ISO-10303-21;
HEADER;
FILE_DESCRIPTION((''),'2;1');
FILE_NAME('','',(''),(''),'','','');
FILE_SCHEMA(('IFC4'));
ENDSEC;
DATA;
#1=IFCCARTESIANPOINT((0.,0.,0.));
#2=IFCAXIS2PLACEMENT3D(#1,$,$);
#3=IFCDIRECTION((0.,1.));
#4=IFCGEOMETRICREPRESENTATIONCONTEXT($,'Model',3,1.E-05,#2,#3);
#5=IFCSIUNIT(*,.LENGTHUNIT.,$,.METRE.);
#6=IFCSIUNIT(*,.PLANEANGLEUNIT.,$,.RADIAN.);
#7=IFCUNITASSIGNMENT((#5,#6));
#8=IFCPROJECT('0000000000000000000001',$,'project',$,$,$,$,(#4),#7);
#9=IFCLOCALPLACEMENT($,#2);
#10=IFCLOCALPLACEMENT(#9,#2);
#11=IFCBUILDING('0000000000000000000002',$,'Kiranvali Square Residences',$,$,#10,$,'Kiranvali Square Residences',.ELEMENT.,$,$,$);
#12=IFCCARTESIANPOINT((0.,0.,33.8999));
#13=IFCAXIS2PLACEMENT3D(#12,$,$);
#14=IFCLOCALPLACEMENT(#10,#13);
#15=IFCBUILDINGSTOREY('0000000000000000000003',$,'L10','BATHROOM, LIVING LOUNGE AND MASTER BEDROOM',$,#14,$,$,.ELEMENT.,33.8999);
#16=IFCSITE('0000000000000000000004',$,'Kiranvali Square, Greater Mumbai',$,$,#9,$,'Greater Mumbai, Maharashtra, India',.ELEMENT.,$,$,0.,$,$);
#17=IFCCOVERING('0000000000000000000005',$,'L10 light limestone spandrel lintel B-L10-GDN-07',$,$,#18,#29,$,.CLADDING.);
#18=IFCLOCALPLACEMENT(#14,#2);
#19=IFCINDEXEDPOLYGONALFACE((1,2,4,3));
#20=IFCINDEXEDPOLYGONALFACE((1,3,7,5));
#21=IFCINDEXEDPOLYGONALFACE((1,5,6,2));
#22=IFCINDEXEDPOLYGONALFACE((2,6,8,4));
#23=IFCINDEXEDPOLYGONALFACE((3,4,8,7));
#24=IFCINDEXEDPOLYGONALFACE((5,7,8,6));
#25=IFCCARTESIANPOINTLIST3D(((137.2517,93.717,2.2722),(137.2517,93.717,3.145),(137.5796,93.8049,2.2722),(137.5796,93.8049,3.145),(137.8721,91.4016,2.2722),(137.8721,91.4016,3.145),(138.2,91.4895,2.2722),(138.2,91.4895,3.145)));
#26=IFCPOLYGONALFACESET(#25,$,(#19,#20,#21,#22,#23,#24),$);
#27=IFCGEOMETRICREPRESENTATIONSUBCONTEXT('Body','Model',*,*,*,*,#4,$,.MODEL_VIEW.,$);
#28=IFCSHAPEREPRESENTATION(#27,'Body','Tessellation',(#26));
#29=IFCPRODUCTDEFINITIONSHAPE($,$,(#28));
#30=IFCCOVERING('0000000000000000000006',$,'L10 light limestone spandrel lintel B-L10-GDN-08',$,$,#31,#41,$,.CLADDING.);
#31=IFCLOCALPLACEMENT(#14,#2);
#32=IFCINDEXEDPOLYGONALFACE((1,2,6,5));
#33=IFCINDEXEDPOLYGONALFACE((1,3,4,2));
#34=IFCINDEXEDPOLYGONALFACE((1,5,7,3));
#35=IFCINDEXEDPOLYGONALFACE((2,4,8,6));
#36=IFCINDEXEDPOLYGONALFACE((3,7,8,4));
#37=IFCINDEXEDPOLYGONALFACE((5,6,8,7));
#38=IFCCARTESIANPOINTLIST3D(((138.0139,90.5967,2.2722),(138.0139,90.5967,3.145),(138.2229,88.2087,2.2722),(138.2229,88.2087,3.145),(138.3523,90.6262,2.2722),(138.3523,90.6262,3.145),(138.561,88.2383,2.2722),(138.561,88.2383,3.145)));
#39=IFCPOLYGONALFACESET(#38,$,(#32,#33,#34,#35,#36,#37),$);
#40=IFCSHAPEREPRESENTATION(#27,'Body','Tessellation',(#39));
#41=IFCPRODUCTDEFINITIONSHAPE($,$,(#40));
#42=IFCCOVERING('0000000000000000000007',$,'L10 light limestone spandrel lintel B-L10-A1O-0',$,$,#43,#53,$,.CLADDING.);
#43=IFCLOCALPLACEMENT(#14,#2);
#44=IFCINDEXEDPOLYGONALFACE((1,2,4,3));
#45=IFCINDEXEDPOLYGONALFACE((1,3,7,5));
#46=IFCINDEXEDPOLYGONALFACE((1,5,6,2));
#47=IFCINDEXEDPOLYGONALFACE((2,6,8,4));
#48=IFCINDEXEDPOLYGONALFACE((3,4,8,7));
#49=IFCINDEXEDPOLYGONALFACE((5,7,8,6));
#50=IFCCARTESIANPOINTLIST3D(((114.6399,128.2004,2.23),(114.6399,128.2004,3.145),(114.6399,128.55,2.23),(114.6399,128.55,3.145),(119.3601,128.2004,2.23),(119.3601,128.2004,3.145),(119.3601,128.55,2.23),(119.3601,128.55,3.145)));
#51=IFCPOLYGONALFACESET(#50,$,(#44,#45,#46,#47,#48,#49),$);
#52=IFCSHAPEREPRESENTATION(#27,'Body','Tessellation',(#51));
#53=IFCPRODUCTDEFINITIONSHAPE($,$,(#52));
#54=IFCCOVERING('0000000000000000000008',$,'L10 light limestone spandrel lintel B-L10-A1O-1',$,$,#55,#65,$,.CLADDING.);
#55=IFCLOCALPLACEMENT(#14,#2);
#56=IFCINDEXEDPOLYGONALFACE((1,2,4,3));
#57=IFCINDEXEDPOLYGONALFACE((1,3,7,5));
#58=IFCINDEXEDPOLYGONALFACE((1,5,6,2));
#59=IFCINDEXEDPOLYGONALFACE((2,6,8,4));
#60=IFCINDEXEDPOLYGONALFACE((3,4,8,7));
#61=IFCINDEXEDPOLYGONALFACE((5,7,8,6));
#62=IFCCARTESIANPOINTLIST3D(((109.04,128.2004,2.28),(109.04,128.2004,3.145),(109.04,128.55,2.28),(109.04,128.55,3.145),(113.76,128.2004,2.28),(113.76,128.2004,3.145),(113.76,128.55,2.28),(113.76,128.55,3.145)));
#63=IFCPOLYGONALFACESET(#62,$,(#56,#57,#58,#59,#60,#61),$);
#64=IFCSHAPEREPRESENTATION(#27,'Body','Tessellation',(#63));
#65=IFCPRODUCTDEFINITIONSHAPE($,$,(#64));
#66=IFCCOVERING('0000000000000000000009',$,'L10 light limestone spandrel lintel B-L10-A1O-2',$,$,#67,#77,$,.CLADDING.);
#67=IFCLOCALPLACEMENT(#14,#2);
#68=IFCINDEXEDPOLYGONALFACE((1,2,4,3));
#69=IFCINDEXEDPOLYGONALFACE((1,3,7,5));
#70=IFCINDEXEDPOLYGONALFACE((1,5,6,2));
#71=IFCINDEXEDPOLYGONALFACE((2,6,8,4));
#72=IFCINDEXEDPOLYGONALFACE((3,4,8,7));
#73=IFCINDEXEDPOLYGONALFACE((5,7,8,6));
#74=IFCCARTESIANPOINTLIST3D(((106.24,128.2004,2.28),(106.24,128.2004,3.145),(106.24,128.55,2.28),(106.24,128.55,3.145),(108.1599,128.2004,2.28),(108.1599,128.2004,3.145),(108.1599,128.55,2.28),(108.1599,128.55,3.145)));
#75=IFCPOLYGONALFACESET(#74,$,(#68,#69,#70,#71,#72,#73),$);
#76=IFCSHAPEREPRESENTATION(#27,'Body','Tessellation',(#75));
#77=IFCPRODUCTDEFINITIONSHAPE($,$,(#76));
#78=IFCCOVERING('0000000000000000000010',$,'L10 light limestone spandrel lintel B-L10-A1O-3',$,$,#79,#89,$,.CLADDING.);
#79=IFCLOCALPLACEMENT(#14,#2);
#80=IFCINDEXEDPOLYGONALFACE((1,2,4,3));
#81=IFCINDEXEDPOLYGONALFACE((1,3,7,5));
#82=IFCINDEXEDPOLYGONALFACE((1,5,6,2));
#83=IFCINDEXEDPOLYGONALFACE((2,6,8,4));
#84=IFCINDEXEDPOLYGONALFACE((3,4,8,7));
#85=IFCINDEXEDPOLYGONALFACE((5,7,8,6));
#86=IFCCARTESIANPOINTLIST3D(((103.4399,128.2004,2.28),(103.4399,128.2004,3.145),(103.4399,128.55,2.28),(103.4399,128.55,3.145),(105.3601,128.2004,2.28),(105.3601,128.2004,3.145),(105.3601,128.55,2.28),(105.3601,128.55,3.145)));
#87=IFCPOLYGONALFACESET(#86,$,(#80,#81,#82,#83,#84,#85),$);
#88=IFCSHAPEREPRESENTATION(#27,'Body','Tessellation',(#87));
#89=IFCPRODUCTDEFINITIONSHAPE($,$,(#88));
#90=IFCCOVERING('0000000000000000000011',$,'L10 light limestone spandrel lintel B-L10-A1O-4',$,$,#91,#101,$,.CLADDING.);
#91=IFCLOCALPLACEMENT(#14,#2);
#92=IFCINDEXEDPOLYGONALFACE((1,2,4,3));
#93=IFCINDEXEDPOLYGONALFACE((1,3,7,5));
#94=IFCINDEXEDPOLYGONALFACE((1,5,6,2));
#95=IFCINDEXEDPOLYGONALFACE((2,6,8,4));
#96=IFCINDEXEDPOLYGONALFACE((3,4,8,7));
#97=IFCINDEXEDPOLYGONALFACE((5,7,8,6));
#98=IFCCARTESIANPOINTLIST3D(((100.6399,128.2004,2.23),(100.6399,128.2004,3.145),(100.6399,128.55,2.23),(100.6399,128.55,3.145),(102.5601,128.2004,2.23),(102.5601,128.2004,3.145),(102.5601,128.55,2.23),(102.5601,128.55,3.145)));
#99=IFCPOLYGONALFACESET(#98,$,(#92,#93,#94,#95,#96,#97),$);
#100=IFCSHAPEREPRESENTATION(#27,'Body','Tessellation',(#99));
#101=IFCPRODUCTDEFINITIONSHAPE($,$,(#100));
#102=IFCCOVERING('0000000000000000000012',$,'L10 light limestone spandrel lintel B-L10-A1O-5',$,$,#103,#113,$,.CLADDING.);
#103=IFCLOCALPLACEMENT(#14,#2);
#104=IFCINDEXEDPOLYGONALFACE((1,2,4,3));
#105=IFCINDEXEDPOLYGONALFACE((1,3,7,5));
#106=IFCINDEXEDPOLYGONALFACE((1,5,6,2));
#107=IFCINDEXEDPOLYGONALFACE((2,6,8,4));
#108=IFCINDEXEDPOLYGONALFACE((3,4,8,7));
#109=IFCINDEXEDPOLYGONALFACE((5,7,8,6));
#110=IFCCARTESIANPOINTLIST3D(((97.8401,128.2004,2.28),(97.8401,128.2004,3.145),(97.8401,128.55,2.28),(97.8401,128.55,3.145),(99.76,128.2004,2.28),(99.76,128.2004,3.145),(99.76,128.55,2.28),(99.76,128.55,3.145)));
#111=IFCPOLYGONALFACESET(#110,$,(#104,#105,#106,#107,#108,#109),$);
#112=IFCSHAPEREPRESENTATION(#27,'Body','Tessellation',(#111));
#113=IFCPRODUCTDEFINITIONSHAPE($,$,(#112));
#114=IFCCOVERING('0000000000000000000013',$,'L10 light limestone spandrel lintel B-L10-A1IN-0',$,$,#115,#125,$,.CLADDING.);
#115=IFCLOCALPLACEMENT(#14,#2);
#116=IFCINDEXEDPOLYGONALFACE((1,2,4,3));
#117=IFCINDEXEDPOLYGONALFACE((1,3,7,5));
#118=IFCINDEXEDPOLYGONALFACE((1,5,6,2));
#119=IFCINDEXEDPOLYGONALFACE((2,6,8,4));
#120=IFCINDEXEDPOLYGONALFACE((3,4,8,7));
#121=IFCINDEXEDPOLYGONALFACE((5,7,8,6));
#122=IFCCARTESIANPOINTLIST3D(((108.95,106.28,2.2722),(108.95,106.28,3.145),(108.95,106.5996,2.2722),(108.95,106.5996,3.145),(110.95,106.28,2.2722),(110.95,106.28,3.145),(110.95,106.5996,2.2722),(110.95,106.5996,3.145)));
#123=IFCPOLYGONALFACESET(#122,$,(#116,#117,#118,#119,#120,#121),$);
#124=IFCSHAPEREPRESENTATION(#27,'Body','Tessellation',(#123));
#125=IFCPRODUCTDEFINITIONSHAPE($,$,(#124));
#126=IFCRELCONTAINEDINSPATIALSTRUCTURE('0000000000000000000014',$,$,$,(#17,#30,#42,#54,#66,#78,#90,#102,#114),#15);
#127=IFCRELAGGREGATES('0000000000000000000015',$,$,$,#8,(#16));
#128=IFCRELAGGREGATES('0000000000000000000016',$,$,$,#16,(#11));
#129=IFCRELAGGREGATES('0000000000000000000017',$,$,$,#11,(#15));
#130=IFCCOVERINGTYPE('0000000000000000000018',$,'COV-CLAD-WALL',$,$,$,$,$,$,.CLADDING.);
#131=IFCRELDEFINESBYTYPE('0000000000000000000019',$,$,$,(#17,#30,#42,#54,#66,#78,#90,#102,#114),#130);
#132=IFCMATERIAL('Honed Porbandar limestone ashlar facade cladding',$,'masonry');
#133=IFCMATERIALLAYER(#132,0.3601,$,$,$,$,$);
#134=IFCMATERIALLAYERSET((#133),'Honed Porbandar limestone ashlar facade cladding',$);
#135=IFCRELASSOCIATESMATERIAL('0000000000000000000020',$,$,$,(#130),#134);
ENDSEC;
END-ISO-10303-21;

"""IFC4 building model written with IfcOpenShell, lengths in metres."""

from ifc_helpers import new_model, si_unit, direction, frame, origin, place, context, subcontext, project, spatial, polyline, outline, extrude, material, layer, layer_set, type_object, element, save


model = new_model("IFC4")

# Units and contexts
model_context = context("Model", 3, precision=1e-05, world=origin(), true_north=direction((0.0, 1.0)))
body_context = subcontext(model_context, "Body", "Model", "MODEL_VIEW")
ifc_project = project(units=[si_unit("LENGTHUNIT", "METRE"), si_unit("PLANEANGLEUNIT", "RADIAN")], contexts=[model_context])

# Site, building, storey
site_placement = place(None, origin())
site = spatial("IfcSite", under=ifc_project, at=site_placement, Name="Kiranvali Square, Greater Mumbai", LongName="Greater Mumbai, Maharashtra, India", CompositionType="ELEMENT", RefElevation=0.0)
building_placement = place(site_placement, origin())
building = spatial("IfcBuilding", under=site, at=building_placement, Name="Kiranvali Square Residences", LongName="Kiranvali Square Residences", CompositionType="ELEMENT")
storey_placement = place(building_placement, frame((0.0, 0.0, 33.8999)))
storey = spatial("IfcBuildingStorey", under=building, at=storey_placement, Name="L10", Description="BATHROOM, LIVING LOUNGE AND MASTER BEDROOM", CompositionType="ELEMENT", Elevation=33.8999)

# Coverings
ifc_material = material(Name="Honed Porbandar limestone ashlar facade cladding", Category="masonry")
ifc_layer = layer(ifc_material, 0.3601)
ifc_layer_set = layer_set([ifc_layer], Name="Honed Porbandar limestone ashlar facade cladding")
covering_type = type_object("IfcCoveringType", Name="COV-CLAD-WALL", PredefinedType="CLADDING", material=ifc_layer_set)
covering_1_placement = place(storey_placement, frame((0.0, 0.0, 2.2722)))
element("IfcCovering", 1, at=covering_1_placement, inside=storey, type_object=covering_type, Name="L10 light limestone spandrel lintel B-L10-GDN-07", PredefinedType="CLADDING", context=body_context, shape_type="SweptSolid", body=[
    extrude(outline(polyline([(137.2517, 93.717), (137.8721, 91.4016), (138.2, 91.4895), (137.5796, 93.8049), (137.2517, 93.717)])), origin(), (0.0, 0.0, 1.0), 0.8728),
])
covering_2_placement = place(storey_placement, frame((0.0, 0.0, 2.2722)))
element("IfcCovering", 2, at=covering_2_placement, inside=storey, type_object=covering_type, Name="L10 light limestone spandrel lintel B-L10-GDN-08", PredefinedType="CLADDING", context=body_context, shape_type="SweptSolid", body=[
    extrude(outline(polyline([(138.0139, 90.5967), (138.2229, 88.2087), (138.561, 88.2383), (138.3523, 90.6262), (138.0139, 90.5967)])), origin(), (0.0, 0.0, 1.0), 0.8728),
])
covering_3_placement = place(storey_placement, frame((0.0, 0.0, 2.23)))
element("IfcCovering", 3, at=covering_3_placement, inside=storey, type_object=covering_type, Name="L10 light limestone spandrel lintel B-L10-A1O-0", PredefinedType="CLADDING", context=body_context, shape_type="SweptSolid", body=[
    extrude(outline(polyline([(119.3601, 128.55), (114.6399, 128.55), (114.6399, 128.2004), (119.3601, 128.2004), (119.3601, 128.55)])), origin(), (0.0, 0.0, 1.0), 0.915),
])
covering_4_placement = place(storey_placement, frame((0.0, 0.0, 2.28)))
element("IfcCovering", 4, at=covering_4_placement, inside=storey, type_object=covering_type, Name="L10 light limestone spandrel lintel B-L10-A1O-1", PredefinedType="CLADDING", context=body_context, shape_type="SweptSolid", body=[
    extrude(outline(polyline([(113.76, 128.55), (109.04, 128.55), (109.04, 128.2004), (113.76, 128.2004), (113.76, 128.55)])), origin(), (0.0, 0.0, 1.0), 0.865),
])
covering_5_placement = place(storey_placement, frame((0.0, 0.0, 2.28)))
element("IfcCovering", 5, at=covering_5_placement, inside=storey, type_object=covering_type, Name="L10 light limestone spandrel lintel B-L10-A1O-2", PredefinedType="CLADDING", context=body_context, shape_type="SweptSolid", body=[
    extrude(outline(polyline([(108.1599, 128.55), (106.24, 128.55), (106.24, 128.2004), (108.1599, 128.2004), (108.1599, 128.55)])), origin(), (0.0, 0.0, 1.0), 0.865),
])
covering_6_placement = place(storey_placement, frame((0.0, 0.0, 2.28)))
element("IfcCovering", 6, at=covering_6_placement, inside=storey, type_object=covering_type, Name="L10 light limestone spandrel lintel B-L10-A1O-3", PredefinedType="CLADDING", context=body_context, shape_type="SweptSolid", body=[
    extrude(outline(polyline([(105.3601, 128.55), (103.4399, 128.55), (103.4399, 128.2004), (105.3601, 128.2004), (105.3601, 128.55)])), origin(), (0.0, 0.0, 1.0), 0.865),
])
covering_7_placement = place(storey_placement, frame((0.0, 0.0, 2.23)))
element("IfcCovering", 7, at=covering_7_placement, inside=storey, type_object=covering_type, Name="L10 light limestone spandrel lintel B-L10-A1O-4", PredefinedType="CLADDING", context=body_context, shape_type="SweptSolid", body=[
    extrude(outline(polyline([(102.5601, 128.55), (100.6399, 128.55), (100.6399, 128.2004), (102.5601, 128.2004), (102.5601, 128.55)])), origin(), (0.0, 0.0, 1.0), 0.915),
])
covering_8_placement = place(storey_placement, frame((0.0, 0.0, 2.28)))
element("IfcCovering", 8, at=covering_8_placement, inside=storey, type_object=covering_type, Name="L10 light limestone spandrel lintel B-L10-A1O-5", PredefinedType="CLADDING", context=body_context, shape_type="SweptSolid", body=[
    extrude(outline(polyline([(99.76, 128.55), (97.8401, 128.55), (97.8401, 128.2004), (99.76, 128.2004), (99.76, 128.55)])), origin(), (0.0, 0.0, 1.0), 0.865),
])
covering_9_placement = place(storey_placement, frame((0.0, 0.0, 2.2722)))
element("IfcCovering", 9, at=covering_9_placement, inside=storey, type_object=covering_type, Name="L10 light limestone spandrel lintel B-L10-A1IN-0", PredefinedType="CLADDING", context=body_context, shape_type="SweptSolid", body=[
    extrude(outline(polyline([(110.95, 106.5996), (108.95, 106.5996), (108.95, 106.28), (110.95, 106.28), (110.95, 106.5996)])), origin(), (0.0, 0.0, 1.0), 0.8728),
])

save(model, "model.ifc")
